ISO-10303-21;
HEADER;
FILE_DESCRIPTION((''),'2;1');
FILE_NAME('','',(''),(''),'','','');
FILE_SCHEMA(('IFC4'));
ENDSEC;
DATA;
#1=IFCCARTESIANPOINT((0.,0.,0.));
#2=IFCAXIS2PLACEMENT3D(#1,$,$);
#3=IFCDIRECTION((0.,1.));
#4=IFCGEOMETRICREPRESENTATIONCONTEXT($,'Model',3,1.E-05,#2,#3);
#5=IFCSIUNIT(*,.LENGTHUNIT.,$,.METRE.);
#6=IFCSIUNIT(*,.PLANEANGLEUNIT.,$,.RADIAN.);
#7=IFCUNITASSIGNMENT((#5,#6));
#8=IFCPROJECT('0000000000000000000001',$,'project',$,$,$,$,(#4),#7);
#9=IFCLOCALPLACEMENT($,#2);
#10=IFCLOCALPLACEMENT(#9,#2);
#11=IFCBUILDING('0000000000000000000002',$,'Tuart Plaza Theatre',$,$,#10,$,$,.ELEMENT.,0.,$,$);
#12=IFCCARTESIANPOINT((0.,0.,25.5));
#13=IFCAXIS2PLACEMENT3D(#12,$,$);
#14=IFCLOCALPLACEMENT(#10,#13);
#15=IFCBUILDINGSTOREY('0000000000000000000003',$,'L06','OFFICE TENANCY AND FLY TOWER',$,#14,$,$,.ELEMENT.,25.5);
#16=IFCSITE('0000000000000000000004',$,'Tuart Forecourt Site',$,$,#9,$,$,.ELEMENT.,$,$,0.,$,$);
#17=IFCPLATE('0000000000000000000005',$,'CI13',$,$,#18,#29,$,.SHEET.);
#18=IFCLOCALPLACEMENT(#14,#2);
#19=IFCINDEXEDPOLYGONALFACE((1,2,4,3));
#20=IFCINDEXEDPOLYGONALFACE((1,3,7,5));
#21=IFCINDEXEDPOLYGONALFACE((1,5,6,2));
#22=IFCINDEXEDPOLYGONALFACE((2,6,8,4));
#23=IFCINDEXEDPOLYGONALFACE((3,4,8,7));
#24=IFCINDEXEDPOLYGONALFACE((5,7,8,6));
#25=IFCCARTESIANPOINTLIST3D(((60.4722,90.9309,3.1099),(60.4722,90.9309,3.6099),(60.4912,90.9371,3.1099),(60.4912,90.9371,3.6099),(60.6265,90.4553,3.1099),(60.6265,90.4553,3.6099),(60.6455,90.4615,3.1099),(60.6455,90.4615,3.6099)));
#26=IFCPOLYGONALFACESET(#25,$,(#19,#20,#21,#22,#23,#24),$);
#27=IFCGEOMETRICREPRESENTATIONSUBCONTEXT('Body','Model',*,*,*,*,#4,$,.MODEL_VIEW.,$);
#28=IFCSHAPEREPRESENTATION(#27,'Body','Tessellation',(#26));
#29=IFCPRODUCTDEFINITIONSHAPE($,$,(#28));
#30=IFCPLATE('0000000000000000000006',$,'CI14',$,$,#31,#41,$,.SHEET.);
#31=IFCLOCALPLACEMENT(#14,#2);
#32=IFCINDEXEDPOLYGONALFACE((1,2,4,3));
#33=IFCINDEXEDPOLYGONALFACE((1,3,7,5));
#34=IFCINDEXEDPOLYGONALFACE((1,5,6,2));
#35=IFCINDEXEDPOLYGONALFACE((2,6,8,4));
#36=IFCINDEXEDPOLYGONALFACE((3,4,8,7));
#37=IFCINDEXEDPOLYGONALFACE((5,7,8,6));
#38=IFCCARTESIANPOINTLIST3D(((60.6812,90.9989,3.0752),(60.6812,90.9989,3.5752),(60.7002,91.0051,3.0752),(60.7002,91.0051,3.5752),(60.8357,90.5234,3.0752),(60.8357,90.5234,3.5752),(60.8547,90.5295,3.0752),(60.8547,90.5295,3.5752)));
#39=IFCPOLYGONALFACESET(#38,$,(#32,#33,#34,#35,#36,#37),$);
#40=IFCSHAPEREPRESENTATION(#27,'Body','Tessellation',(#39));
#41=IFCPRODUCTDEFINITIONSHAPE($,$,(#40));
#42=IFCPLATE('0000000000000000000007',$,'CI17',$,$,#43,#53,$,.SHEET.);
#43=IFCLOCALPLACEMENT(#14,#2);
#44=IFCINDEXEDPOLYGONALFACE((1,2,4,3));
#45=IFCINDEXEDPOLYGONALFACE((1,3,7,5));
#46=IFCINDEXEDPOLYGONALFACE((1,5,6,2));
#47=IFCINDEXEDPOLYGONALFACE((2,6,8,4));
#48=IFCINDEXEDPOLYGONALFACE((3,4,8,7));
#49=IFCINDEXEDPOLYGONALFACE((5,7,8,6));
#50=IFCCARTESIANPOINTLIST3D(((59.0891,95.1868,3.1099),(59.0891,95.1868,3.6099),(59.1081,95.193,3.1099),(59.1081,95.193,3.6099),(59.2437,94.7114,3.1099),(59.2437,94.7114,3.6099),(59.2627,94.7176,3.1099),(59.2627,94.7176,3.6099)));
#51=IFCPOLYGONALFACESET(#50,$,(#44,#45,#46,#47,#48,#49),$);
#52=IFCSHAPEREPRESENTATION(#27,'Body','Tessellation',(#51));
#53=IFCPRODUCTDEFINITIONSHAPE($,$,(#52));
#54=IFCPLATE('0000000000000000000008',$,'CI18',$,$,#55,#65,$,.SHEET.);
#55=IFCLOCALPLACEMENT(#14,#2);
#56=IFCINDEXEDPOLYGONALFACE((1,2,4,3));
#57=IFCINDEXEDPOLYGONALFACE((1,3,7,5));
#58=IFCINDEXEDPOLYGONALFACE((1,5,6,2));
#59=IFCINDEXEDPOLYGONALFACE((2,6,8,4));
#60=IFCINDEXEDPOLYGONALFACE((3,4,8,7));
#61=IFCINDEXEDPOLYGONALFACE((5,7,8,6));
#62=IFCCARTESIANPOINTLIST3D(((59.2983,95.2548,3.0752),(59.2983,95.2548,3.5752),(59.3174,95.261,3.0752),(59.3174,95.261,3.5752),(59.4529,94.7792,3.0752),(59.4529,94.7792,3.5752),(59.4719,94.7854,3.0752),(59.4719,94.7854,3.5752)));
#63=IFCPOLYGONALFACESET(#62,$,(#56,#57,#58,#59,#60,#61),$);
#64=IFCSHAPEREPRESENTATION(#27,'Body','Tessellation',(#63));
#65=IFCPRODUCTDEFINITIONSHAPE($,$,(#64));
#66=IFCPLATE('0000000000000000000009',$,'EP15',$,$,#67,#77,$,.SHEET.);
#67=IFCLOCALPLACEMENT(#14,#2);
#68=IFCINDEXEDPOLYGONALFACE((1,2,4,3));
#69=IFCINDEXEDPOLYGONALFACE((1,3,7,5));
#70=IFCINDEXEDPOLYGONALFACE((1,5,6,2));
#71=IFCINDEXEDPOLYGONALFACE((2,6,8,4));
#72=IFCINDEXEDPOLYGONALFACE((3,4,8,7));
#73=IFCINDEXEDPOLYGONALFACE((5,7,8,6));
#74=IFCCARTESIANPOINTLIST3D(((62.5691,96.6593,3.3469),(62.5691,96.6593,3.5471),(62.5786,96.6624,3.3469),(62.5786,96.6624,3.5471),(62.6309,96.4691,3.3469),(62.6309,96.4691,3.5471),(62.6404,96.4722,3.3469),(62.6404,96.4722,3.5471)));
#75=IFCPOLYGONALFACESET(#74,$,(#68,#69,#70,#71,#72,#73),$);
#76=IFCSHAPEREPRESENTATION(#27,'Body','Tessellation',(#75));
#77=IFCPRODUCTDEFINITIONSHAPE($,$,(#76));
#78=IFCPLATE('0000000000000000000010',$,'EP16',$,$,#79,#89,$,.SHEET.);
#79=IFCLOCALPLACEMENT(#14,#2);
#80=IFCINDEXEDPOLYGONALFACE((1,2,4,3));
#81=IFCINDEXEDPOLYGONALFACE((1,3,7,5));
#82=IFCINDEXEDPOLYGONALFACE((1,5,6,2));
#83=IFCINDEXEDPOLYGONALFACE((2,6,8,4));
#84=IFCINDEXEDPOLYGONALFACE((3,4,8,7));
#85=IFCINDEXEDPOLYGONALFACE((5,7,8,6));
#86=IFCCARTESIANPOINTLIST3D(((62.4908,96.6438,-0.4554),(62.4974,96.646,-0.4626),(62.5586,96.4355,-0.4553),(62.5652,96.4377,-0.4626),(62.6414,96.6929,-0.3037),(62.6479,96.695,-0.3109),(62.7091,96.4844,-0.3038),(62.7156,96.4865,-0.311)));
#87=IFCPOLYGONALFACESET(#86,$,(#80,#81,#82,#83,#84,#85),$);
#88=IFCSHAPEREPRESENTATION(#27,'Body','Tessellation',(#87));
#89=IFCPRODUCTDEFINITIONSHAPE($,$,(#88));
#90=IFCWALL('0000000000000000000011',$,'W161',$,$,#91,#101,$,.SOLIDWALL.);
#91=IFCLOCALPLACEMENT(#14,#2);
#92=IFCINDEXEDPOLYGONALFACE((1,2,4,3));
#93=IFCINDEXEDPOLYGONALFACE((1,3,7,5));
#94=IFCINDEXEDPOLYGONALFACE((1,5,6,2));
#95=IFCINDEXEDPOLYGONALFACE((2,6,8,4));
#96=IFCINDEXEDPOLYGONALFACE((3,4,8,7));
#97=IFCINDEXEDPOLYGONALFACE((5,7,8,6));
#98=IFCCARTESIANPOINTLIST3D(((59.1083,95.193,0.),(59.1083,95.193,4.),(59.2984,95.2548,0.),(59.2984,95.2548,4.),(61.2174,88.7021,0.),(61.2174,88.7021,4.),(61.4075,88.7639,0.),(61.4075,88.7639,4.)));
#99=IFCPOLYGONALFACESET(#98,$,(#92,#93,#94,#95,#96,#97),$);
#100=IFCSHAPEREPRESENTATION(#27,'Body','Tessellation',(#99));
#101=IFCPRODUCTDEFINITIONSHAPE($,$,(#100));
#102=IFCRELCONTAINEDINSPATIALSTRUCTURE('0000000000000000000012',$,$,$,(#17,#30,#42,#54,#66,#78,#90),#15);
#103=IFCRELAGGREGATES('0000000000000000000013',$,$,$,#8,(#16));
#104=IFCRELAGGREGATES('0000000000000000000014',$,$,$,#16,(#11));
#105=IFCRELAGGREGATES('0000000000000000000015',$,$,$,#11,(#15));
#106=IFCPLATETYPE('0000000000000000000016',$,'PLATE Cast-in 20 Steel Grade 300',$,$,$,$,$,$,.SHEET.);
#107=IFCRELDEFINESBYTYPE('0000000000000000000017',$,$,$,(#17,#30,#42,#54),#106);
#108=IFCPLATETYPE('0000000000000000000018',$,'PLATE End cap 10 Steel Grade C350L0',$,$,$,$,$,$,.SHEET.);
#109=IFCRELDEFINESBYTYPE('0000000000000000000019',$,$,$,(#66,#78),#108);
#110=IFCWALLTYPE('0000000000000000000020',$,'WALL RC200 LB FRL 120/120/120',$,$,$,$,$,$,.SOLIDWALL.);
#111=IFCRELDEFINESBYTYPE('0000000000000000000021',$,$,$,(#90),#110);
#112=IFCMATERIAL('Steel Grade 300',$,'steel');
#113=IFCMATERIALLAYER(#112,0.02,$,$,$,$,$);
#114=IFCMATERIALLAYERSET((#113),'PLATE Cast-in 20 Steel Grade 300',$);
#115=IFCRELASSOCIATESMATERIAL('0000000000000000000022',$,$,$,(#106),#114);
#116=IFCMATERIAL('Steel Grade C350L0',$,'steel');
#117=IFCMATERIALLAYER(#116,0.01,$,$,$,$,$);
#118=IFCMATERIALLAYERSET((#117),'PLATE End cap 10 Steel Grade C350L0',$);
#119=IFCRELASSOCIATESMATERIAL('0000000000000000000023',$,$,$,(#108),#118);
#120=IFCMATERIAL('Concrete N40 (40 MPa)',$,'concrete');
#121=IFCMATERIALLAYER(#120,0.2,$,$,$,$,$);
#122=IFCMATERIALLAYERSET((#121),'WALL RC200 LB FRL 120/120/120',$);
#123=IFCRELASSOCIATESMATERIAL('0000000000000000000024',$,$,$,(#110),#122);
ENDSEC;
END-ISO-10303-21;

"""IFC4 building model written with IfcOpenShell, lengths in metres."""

from ifc_helpers import new_model, si_unit, direction, frame, frame_2d, origin, place, context, subcontext, project, spatial, polyline, rectangle, outline, extrude, material, layer, layer_set, type_object, element, save


model = new_model("IFC4")

# Units and contexts
model_context = context("Model", 3, precision=1e-05, world=origin(), true_north=direction((0.0, 1.0)))
body_context = subcontext(model_context, "Body", "Model", "MODEL_VIEW")
ifc_project = project(units=[si_unit("LENGTHUNIT", "METRE"), si_unit("PLANEANGLEUNIT", "RADIAN")], contexts=[model_context])

# Site, building, storey
site_placement = place(None, origin())
site = spatial("IfcSite", under=ifc_project, at=site_placement, Name="Tuart Forecourt Site", CompositionType="ELEMENT", RefElevation=0.0)
building_placement = place(site_placement, origin())
building = spatial("IfcBuilding", under=site, at=building_placement, Name="Tuart Plaza Theatre", CompositionType="ELEMENT", ElevationOfRefHeight=0.0)
storey_placement = place(building_placement, frame((0.0, 0.0, 25.5)))
storey = spatial("IfcBuildingStorey", under=building, at=storey_placement, Name="L06", Description="OFFICE TENANCY AND FLY TOWER", CompositionType="ELEMENT", Elevation=25.5)

# Plates
ifc_material_1 = material(Name="Steel Grade 300", Category="steel")
ifc_layer_1 = layer(ifc_material_1, 0.02)
ifc_layer_set_1 = layer_set([ifc_layer_1], Name="PLATE Cast-in 20 Steel Grade 300")
plate_type_1 = type_object("IfcPlateType", Name="PLATE Cast-in 20 Steel Grade 300", PredefinedType="SHEET", material=ifc_layer_set_1)
plate_1_placement = place(storey_placement, frame((60.6265, 90.4553, 3.6099), z_axis=(-0.951192, -0.3086, 0.0), x_axis=(-0.3086, 0.951192, 0.0)))
element("IfcPlate", 1, at=plate_1_placement, inside=storey, type_object=plate_type_1, Name="CI13", PredefinedType="SHEET", context=body_context, shape_type="SweptSolid", body=[
    extrude(outline(polyline([(0.0, 0.0), (0.5, 0.0), (0.5, 0.5), (0.0, 0.5), (0.0, 0.0)])), origin(), (0.0, 0.0, -1.0), 0.02),
])
plate_2_placement = place(storey_placement, frame((60.8547, 90.5295, 3.0752), z_axis=(0.951048, 0.309042, 0.0), x_axis=(-0.309042, 0.951048, 0.0)))
element("IfcPlate", 2, at=plate_2_placement, inside=storey, type_object=plate_type_1, Name="CI14", PredefinedType="SHEET", context=body_context, shape_type="SweptSolid", body=[
    extrude(outline(polyline([(0.0, 0.0), (0.5001, 0.0), (0.5001, 0.5), (0.0, 0.5), (0.0, 0.0)])), origin(), (0.0, 0.0, -1.0), 0.02),
])
plate_3_placement = place(storey_placement, frame((59.2437, 94.7114, 3.6099), z_axis=(-0.951002, -0.309185, 0.0), x_axis=(-0.309185, 0.951002, 0.0)))
element("IfcPlate", 3, at=plate_3_placement, inside=storey, type_object=plate_type_1, Name="CI17", PredefinedType="SHEET", context=body_context, shape_type="SweptSolid", body=[
    extrude(outline(polyline([(0.0, 0.0), (0.4998, 0.0), (0.4998, 0.5), (0.0, 0.5), (0.0, 0.0)])), origin(), (0.0, 0.0, -1.0), 0.02),
])
plate_4_placement = place(storey_placement, frame((59.4719, 94.7854, 3.0752), z_axis=(0.951048, 0.309042, 0.0), x_axis=(-0.309042, 0.951048, 0.0)))
element("IfcPlate", 4, at=plate_4_placement, inside=storey, type_object=plate_type_1, Name="CI18", PredefinedType="SHEET", context=body_context, shape_type="SweptSolid", body=[
    extrude(outline(polyline([(0.0, 0.0), (0.5001, 0.0), (0.5001, 0.5), (0.0, 0.5), (0.0, 0.0)])), origin(), (0.0, 0.0, -1.0), 0.02),
])
ifc_material_2 = material(Name="Steel Grade C350L0", Category="steel")
ifc_layer_2 = layer(ifc_material_2, 0.01)
ifc_layer_set_2 = layer_set([ifc_layer_2], Name="PLATE End cap 10 Steel Grade C350L0")
plate_type_2 = type_object("IfcPlateType", Name="PLATE End cap 10 Steel Grade C350L0", PredefinedType="SHEET", material=ifc_layer_set_2)
plate_5_placement = place(storey_placement, frame((62.6404, 96.4722, 3.3469), z_axis=(0.951097, 0.308893, 0.0), x_axis=(-0.308893, 0.951097, 0.0)))
element("IfcPlate", 5, at=plate_5_placement, inside=storey, type_object=plate_type_2, Name="EP15", PredefinedType="SHEET", context=body_context, shape_type="SweptSolid", body=[
    extrude(outline(polyline([(0.0, 0.0), (0.2, 0.0), (0.2, 0.2002), (0.0, 0.2002), (0.0, 0.0)])), origin(), (0.0, 0.0, -1.0), 0.01),
])
plate_6_placement = place(storey_placement, frame((62.5586, 96.4355, -0.4553), z_axis=(-0.65785, -0.213888, 0.72214), x_axis=(-0.309548, 0.950884, -0.000351)))
element("IfcPlate", 6, at=plate_6_placement, inside=storey, type_object=plate_type_2, Name="EP16", PredefinedType="SHEET", context=body_context, shape_type="SweptSolid", body=[
    extrude(outline(polyline([(0.0, 0.0), (0.219, 0.0), (0.219, -0.2193), (-0.0002, -0.2191), (0.0, 0.0)])), origin(), (0.0, 0.0, -1.0), 0.01),
])

# Wall
ifc_material_3 = material(Name="Concrete N40 (40 MPa)", Category="concrete")
ifc_layer_3 = layer(ifc_material_3, 0.2)
ifc_layer_set_3 = layer_set([ifc_layer_3], Name="WALL RC200 LB FRL 120/120/120")
wall_type = type_object("IfcWallType", Name="WALL RC200 LB FRL 120/120/120", PredefinedType="SOLIDWALL", material=ifc_layer_set_3)
wall_placement = place(storey_placement, frame((61.3125, 88.7329, 0.0), z_axis=(0.0, 0.0, 1.0), x_axis=(-0.309029, 0.951053, 0.0)))
element("IfcWall", 7, at=wall_placement, inside=storey, type_object=wall_type, Name="W161", PredefinedType="SOLIDWALL", context=body_context, shape_type="SweptSolid", body=[
    extrude(rectangle(XDim=6.825, YDim=0.2, at=frame_2d((3.4126, 0.0))), origin(), (0.0, 0.0, 1.0), 4.0),
])

save(model, "model.ifc")
